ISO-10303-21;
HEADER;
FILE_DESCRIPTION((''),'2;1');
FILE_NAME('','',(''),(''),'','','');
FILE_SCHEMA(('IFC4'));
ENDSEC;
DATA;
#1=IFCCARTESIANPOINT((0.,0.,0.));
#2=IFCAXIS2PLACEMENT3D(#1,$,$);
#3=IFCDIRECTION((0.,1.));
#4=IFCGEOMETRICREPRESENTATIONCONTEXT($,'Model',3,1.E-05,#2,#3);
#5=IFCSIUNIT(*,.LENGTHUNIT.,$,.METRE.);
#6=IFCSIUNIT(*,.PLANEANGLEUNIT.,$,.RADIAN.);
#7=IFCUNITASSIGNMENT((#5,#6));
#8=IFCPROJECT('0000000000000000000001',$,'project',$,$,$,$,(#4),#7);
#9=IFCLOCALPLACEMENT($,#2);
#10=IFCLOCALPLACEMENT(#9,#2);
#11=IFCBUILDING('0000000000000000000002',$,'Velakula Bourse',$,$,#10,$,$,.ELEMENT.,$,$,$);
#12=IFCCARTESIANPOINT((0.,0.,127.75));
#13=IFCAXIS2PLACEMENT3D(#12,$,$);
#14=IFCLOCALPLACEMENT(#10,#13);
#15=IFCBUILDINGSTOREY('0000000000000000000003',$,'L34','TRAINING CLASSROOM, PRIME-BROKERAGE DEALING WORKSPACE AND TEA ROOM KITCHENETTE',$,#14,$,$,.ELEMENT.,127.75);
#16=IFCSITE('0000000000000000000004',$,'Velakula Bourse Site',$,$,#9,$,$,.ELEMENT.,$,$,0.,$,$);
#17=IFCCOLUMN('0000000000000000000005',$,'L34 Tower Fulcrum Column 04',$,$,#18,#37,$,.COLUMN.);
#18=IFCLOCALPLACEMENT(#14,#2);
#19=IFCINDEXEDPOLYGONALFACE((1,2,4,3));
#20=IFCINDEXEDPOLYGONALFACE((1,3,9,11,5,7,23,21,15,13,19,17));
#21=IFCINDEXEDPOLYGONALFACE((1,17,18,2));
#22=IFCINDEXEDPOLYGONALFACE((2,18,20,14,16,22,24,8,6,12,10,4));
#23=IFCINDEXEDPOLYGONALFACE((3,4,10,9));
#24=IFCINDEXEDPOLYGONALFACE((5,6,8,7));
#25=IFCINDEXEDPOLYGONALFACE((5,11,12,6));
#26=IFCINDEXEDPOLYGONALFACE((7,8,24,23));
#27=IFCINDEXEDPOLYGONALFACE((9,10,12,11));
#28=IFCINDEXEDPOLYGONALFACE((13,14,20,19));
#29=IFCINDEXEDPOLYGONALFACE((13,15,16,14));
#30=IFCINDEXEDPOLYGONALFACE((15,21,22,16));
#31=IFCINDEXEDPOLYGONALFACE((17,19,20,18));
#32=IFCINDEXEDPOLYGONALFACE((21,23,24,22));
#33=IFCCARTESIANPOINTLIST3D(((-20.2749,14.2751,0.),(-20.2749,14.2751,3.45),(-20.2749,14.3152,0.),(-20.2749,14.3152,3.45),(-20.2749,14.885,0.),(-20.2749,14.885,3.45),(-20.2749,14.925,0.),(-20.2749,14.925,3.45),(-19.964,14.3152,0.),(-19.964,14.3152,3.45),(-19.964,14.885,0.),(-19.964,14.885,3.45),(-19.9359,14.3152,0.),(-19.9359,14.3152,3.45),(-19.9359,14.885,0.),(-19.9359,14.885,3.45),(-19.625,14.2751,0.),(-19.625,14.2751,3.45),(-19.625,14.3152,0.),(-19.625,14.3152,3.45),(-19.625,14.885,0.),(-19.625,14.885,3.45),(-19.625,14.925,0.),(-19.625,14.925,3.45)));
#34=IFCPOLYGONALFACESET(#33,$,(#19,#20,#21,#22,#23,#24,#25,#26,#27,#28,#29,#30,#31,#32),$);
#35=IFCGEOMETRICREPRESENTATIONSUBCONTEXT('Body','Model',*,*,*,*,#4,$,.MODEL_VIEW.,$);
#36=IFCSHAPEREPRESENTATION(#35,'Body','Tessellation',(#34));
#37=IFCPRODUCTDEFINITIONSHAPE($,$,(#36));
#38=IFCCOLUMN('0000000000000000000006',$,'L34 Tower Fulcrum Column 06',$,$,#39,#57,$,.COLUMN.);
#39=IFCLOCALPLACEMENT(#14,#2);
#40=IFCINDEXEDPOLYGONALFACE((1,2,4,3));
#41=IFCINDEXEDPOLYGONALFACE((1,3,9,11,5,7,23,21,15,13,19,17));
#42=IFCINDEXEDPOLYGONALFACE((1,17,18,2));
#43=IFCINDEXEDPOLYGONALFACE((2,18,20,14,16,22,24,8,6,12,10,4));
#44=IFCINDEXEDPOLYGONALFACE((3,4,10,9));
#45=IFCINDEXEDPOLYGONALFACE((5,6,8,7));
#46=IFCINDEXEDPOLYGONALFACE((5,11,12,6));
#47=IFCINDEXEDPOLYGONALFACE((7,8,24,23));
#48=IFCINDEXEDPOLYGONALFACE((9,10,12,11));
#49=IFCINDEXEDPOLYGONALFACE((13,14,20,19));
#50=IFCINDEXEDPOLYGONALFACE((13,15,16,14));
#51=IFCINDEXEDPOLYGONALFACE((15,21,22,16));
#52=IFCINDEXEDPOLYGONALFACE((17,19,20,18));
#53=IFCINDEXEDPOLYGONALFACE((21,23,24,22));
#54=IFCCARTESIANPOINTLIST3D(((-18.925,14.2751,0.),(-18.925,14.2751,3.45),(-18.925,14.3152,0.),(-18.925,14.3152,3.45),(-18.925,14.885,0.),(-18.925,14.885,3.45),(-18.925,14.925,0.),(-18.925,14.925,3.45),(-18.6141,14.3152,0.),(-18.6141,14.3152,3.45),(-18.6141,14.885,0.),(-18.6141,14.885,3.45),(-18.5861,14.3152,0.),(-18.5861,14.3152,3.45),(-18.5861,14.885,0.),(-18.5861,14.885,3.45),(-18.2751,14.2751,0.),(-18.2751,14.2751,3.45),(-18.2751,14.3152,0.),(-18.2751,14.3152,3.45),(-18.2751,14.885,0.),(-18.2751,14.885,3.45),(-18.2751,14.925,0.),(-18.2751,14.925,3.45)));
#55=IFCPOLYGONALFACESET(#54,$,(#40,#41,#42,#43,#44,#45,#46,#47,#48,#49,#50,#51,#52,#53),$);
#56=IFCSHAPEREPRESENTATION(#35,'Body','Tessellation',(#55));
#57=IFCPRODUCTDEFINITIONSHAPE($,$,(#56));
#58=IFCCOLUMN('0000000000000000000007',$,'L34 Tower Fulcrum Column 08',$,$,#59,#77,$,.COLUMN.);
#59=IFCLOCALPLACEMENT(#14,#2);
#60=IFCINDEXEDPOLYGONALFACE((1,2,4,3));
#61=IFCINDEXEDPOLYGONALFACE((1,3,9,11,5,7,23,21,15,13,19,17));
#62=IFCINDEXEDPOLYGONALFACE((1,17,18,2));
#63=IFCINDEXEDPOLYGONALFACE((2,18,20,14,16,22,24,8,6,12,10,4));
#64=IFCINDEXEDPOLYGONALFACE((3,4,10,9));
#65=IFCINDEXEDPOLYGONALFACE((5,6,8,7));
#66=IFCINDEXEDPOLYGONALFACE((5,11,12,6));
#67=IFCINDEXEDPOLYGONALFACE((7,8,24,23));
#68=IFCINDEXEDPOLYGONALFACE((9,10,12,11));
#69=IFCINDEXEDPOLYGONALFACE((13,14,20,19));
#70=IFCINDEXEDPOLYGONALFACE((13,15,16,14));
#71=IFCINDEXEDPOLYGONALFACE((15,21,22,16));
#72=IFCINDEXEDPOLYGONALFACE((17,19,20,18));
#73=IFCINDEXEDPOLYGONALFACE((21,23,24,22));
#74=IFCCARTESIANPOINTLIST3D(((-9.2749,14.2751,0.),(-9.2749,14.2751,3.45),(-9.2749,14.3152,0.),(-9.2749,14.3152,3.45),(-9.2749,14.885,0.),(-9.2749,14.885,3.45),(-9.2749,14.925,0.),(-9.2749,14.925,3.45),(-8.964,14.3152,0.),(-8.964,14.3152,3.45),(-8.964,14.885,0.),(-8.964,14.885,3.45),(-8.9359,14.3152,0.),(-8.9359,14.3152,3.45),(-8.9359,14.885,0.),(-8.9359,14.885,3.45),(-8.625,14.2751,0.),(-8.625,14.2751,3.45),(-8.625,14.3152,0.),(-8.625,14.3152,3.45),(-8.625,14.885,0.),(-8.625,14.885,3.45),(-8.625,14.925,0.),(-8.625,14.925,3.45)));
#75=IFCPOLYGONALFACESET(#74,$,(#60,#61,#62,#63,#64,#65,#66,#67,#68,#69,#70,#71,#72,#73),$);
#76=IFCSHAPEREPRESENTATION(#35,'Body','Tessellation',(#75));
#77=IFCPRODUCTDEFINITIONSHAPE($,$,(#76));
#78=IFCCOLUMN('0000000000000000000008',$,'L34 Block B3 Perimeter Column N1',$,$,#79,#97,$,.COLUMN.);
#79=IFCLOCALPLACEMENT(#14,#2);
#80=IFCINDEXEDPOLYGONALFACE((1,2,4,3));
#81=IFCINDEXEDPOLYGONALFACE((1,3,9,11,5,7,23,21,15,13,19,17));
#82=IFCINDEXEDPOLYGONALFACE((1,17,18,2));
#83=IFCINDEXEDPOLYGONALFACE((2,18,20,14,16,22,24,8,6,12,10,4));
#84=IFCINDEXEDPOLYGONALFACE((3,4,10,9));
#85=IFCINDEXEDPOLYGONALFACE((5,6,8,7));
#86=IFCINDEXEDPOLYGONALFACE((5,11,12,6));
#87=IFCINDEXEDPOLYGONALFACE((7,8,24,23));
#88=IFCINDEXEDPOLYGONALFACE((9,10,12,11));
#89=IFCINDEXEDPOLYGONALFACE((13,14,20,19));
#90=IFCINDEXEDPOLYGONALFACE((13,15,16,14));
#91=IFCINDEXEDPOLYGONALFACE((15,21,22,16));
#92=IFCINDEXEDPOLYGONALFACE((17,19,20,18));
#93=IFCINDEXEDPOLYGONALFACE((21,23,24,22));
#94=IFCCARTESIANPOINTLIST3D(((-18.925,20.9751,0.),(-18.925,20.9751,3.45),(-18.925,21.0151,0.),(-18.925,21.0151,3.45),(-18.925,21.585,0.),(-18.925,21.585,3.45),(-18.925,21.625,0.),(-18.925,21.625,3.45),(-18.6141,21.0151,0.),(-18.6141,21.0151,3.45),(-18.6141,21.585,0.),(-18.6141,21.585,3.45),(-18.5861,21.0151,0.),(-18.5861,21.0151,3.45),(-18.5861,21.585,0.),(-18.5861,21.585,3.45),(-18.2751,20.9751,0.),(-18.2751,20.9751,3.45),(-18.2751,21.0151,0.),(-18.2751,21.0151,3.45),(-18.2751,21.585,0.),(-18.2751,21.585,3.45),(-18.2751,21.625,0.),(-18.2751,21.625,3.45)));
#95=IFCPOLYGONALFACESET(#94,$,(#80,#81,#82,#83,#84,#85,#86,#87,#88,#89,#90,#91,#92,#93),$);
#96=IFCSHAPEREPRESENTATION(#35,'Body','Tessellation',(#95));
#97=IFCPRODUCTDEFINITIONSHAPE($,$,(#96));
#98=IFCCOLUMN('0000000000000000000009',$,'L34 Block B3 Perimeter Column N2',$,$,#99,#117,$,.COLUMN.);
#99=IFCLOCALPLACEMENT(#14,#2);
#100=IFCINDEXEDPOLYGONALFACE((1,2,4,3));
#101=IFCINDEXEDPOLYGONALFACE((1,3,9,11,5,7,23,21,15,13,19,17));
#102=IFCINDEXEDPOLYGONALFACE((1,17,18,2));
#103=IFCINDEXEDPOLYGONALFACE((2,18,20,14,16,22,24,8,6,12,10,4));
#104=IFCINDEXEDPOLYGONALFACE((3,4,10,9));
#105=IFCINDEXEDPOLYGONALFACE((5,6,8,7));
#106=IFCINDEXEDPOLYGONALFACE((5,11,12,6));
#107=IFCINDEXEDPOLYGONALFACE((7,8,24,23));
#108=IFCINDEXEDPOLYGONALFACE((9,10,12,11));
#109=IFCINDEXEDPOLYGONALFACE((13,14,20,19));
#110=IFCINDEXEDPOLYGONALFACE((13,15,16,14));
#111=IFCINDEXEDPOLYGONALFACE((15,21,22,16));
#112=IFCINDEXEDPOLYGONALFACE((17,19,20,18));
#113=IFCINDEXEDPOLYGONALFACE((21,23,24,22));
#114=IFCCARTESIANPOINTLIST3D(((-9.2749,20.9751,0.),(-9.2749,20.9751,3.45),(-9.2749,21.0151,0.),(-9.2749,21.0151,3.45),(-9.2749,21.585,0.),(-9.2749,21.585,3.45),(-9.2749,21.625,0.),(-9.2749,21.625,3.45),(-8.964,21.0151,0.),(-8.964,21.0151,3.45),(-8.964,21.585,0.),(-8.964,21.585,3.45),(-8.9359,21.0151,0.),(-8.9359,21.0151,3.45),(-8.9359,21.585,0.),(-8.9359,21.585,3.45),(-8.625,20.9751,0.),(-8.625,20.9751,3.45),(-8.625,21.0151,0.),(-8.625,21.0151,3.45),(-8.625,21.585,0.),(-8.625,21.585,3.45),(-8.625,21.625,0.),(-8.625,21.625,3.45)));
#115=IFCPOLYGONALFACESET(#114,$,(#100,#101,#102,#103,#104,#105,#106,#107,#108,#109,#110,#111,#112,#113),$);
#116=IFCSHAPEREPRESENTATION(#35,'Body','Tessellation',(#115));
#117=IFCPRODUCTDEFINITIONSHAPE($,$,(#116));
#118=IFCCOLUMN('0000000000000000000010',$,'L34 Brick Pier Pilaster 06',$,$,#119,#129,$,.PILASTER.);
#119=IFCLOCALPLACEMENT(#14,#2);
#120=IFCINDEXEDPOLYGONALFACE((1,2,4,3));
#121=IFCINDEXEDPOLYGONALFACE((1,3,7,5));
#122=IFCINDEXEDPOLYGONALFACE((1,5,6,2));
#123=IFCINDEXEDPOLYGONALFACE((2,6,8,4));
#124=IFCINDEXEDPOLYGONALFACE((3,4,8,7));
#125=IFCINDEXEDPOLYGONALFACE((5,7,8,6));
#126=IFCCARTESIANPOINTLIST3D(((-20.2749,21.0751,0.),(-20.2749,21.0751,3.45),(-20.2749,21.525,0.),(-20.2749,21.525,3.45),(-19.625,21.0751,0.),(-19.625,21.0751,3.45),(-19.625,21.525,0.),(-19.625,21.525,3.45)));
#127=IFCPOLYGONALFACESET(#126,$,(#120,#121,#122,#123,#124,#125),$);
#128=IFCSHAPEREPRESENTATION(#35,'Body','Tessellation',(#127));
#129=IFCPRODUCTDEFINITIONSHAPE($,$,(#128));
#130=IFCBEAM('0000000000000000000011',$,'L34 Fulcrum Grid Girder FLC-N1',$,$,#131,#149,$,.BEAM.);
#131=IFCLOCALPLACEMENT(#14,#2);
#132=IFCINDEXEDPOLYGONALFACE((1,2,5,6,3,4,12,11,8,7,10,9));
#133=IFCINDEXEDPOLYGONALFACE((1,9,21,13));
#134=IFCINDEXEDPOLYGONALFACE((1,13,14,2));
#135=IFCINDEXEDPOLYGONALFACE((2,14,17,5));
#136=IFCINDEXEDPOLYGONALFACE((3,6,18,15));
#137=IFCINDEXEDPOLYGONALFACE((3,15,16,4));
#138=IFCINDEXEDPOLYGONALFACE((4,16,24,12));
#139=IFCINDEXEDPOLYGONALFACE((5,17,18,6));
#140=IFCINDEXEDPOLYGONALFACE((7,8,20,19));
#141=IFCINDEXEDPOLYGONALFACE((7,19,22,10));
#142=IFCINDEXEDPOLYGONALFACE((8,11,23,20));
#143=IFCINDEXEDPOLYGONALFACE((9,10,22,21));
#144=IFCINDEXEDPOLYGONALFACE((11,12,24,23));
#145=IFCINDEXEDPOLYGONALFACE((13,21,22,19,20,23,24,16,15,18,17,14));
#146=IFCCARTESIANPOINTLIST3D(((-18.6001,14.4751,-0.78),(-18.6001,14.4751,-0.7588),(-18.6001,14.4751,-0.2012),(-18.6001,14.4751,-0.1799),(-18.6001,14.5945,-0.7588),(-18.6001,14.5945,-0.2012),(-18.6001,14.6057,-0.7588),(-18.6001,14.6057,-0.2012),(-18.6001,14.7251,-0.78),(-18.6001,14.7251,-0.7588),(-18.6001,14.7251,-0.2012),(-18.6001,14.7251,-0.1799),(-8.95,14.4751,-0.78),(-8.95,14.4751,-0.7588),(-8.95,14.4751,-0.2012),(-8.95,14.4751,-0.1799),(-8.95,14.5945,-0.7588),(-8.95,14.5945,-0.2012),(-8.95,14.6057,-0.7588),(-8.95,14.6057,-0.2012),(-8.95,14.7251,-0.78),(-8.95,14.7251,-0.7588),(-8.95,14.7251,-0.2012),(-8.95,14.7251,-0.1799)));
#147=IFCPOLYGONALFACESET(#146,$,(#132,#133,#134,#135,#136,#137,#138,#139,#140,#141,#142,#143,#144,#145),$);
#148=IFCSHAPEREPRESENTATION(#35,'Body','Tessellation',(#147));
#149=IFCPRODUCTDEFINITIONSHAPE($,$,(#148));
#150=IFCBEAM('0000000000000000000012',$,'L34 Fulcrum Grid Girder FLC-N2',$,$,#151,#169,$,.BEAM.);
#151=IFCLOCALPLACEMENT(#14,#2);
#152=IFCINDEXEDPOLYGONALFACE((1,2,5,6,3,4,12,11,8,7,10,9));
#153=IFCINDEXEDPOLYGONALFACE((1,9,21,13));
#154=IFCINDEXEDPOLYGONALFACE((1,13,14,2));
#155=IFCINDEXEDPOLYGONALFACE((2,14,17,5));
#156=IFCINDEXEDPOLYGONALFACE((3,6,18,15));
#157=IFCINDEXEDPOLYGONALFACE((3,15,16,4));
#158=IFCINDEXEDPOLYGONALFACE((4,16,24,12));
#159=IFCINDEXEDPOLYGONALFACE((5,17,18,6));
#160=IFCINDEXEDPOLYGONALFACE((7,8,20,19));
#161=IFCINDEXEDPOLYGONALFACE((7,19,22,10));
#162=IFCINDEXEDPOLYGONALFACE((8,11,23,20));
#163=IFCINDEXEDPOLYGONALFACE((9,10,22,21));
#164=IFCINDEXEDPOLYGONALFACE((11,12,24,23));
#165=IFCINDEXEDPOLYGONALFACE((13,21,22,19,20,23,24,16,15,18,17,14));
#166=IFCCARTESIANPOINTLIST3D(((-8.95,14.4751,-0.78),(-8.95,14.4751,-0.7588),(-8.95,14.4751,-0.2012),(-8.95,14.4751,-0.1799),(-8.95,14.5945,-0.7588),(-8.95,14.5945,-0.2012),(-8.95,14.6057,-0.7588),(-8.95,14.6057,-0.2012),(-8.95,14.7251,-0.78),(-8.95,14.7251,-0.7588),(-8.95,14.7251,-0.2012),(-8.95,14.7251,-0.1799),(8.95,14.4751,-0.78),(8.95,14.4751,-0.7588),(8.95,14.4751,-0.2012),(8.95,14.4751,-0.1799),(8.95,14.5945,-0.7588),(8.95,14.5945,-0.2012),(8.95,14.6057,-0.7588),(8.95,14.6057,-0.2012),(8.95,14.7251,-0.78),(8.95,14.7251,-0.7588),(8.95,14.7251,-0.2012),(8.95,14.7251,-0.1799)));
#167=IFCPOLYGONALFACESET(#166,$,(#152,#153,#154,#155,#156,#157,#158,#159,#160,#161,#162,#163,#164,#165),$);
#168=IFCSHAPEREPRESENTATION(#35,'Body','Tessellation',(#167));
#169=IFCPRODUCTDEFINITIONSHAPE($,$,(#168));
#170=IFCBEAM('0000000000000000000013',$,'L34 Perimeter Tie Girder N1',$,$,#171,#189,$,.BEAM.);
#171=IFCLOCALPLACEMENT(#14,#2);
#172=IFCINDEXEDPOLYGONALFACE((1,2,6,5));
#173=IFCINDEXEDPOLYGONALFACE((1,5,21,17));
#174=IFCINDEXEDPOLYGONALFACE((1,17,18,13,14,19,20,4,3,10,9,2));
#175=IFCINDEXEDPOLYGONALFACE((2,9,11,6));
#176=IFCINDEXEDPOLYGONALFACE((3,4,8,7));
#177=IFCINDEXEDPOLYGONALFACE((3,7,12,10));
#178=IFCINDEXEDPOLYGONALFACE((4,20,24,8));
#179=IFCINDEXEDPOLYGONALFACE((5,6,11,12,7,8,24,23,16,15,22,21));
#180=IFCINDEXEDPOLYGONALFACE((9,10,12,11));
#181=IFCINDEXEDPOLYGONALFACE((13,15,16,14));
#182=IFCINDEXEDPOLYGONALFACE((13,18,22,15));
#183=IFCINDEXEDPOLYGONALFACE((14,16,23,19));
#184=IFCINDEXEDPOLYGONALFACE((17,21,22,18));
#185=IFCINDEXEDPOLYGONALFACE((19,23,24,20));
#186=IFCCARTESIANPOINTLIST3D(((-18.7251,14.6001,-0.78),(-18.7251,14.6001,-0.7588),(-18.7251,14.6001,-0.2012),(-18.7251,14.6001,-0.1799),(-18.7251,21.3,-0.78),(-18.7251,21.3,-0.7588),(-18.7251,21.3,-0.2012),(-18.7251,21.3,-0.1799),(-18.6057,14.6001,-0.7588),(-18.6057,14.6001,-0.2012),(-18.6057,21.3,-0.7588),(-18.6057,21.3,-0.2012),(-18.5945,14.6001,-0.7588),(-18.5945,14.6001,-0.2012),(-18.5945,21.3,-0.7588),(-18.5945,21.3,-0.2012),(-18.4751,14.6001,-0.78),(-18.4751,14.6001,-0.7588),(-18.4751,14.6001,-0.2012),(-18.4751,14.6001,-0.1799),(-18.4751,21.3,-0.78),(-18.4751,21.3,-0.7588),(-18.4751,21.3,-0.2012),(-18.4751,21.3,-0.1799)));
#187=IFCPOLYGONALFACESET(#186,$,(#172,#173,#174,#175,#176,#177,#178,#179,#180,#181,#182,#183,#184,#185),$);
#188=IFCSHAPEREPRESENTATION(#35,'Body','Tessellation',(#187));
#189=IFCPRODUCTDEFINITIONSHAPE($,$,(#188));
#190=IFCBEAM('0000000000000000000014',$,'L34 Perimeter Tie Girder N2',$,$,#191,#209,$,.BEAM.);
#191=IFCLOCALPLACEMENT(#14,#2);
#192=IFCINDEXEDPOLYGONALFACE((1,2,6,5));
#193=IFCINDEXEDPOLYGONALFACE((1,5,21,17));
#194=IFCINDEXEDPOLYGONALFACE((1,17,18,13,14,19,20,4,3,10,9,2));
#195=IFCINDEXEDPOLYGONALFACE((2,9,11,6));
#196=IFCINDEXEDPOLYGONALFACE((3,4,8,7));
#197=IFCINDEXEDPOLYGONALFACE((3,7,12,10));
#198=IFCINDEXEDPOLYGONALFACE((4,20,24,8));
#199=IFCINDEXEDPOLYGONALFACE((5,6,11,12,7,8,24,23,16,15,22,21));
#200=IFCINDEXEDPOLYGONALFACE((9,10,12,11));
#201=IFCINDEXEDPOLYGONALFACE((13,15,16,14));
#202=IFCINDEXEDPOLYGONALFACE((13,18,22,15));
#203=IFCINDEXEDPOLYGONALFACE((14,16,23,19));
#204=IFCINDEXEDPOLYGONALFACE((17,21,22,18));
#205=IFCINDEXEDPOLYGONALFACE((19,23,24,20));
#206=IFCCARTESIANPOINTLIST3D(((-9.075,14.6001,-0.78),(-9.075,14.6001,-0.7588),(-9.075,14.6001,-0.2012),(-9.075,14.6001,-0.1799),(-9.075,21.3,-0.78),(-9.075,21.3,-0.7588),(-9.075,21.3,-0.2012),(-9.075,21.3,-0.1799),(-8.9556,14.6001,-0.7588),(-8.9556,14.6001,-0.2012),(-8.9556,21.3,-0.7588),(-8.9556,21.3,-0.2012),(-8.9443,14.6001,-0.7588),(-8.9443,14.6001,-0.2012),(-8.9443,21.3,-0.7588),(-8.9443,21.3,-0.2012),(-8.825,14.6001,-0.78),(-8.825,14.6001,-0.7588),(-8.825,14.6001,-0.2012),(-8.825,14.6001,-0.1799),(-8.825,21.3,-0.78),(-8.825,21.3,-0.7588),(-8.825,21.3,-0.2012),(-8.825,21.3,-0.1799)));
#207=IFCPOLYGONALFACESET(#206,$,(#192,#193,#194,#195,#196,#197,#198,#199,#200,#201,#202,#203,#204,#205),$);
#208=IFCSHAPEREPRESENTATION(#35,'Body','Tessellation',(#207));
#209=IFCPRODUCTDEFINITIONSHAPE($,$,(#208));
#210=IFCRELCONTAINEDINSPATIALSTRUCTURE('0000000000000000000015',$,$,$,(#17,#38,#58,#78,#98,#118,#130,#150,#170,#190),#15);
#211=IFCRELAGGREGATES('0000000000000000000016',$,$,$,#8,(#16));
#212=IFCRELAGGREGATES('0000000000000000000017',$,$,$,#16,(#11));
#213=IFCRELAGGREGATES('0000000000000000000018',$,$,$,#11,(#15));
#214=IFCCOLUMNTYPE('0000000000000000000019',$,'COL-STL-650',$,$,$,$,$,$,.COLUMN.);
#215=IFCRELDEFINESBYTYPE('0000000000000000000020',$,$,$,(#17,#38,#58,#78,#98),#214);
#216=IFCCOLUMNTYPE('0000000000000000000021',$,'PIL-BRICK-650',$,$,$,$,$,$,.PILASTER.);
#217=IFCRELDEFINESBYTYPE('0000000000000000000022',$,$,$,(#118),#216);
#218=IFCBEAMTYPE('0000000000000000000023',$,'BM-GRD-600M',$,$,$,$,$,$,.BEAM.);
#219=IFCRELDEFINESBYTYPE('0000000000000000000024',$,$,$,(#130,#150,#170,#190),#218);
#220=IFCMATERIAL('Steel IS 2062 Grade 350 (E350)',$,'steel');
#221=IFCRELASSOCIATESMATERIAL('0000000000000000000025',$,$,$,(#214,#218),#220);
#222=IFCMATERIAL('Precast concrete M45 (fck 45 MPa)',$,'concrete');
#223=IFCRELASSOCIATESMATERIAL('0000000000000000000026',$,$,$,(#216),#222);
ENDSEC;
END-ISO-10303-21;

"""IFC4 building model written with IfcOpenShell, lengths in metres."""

from ifc_helpers import new_model, si_unit, direction, frame, origin, origin_2d, place, context, subcontext, project, spatial, rectangle, i_section, extrude, material, material_profile, profile_set, type_object, element, save


model = new_model("IFC4")

# Units and contexts
model_context = context("Model", 3, precision=1e-05, world=origin(), true_north=direction((0.0, 1.0)))
body_context = subcontext(model_context, "Body", "Model", "MODEL_VIEW")
ifc_project = project(units=[si_unit("LENGTHUNIT", "METRE"), si_unit("PLANEANGLEUNIT", "RADIAN")], contexts=[model_context])

# Site, building, storey
site_placement = place(None, origin())
site = spatial("IfcSite", under=ifc_project, at=site_placement, Name="Velakula Bourse Site", CompositionType="ELEMENT", RefElevation=0.0)
building_placement = place(site_placement, origin())
building = spatial("IfcBuilding", under=site, at=building_placement, Name="Velakula Bourse", CompositionType="ELEMENT")
storey_placement = place(building_placement, frame((0.0, 0.0, 127.75)))
storey = spatial("IfcBuildingStorey", under=building, at=storey_placement, Name="L34", Description="TRAINING CLASSROOM, PRIME-BROKERAGE DEALING WORKSPACE AND TEA ROOM KITCHENETTE", CompositionType="ELEMENT", Elevation=127.75)

# Columns
ifc_material_1 = material(Name="Steel IS 2062 Grade 350 (E350)", Category="steel")
ifc_material_profile_1 = material_profile(ifc_material_1, i_section(OverallWidth=0.6499, OverallDepth=0.6499, WebThickness=0.0281, FlangeThickness=0.04, at=origin_2d()), Name="Steel IS 2062 Grade 350 (E350)")
ifc_profile_set_1 = profile_set([ifc_material_profile_1], Name="Steel IS 2062 Grade 350 (E350)")
column_type_1 = type_object("IfcColumnType", Name="COL-STL-650", PredefinedType="COLUMN", material=ifc_profile_set_1)
for number, where, z_axis, x_axis, name in (
    (1, (-19.95, 14.6001, 0.0), (0.0, 0.0, 1.0), (1.0, 0.0, 0.0), "L34 Tower Fulcrum Column 04"),
    (2, (-18.6001, 14.6001, 0.0), (0.0, 0.0, 1.0), (1.0, 0.0, 0.0), "L34 Tower Fulcrum Column 06"),
    (3, (-8.95, 14.6001, 0.0), (0.0, 0.0, 1.0), (1.0, 0.0, 0.0), "L34 Tower Fulcrum Column 08"),
    (4, (-18.6001, 21.3, 0.0), (0.0, 0.0, 1.0), (1.0, 0.0, 0.0), "L34 Block B3 Perimeter Column N1"),
    (5, (-8.95, 21.3, 0.0), (0.0, 0.0, 1.0), (1.0, 0.0, 0.0), "L34 Block B3 Perimeter Column N2"),
):
    element("IfcColumn", number, at=place(storey_placement, frame(where, z_axis=z_axis, x_axis=x_axis)), inside=storey, type_object=column_type_1, Name=name, PredefinedType="COLUMN", context=body_context, shape_type="SweptSolid", body=[
        extrude(i_section(OverallWidth=0.6499, OverallDepth=0.6499, WebThickness=0.0281, FlangeThickness=0.04, at=origin_2d()), origin(), (0.0, 0.0, 1.0), 3.45),
    ])
ifc_material_2 = material(Name="Precast concrete M45 (fck 45 MPa)", Category="concrete")
ifc_material_profile_2 = material_profile(ifc_material_2, rectangle(XDim=0.6499, YDim=0.45, at=origin_2d()), Name="Precast concrete M45 (fck 45 MPa)")
ifc_profile_set_2 = profile_set([ifc_material_profile_2], Name="Precast concrete M45 (fck 45 MPa)")
column_type_2 = type_object("IfcColumnType", Name="PIL-BRICK-650", PredefinedType="PILASTER", material=ifc_profile_set_2)
column_placement = place(storey_placement, frame((-19.95, 21.3, 0.0), z_axis=(0.0, 0.0, 1.0), x_axis=(1.0, 0.0, 0.0)))
element("IfcColumn", 6, at=column_placement, inside=storey, type_object=column_type_2, Name="L34 Brick Pier Pilaster 06", PredefinedType="PILASTER", context=body_context, shape_type="SweptSolid", body=[
    extrude(rectangle(XDim=0.6499, YDim=0.45, at=origin_2d()), origin(), (0.0, 0.0, 1.0), 3.45),
])

# Beams
ifc_material_profile_3 = material_profile(ifc_material_1, i_section(OverallWidth=0.25, OverallDepth=0.6001, WebThickness=0.0112, FlangeThickness=0.0212, at=origin_2d()), Name="Steel IS 2062 Grade 350 (E350)")
ifc_profile_set_3 = profile_set([ifc_material_profile_3], Name="Steel IS 2062 Grade 350 (E350)")
beam_type_1 = type_object("IfcBeamType", Name="BM-GRD-600M", PredefinedType="BEAM", material=ifc_profile_set_3)
beam_1_placement = place(storey_placement, frame((-18.6001, 14.6001, -0.48), z_axis=(1.0, 0.0, 0.0), x_axis=(0.0, 1.0, 0.0)))
element("IfcBeam", 7, at=beam_1_placement, inside=storey, type_object=beam_type_1, Name="L34 Fulcrum Grid Girder FLC-N1", PredefinedType="BEAM", context=body_context, shape_type="SweptSolid", body=[
    extrude(i_section(OverallWidth=0.25, OverallDepth=0.6001, WebThickness=0.0112, FlangeThickness=0.0212, at=origin_2d()), origin(), (0.0, 0.0, 1.0), 9.6501),
])
beam_2_placement = place(storey_placement, frame((-8.95, 14.6001, -0.48), z_axis=(1.0, 0.0, 0.0), x_axis=(0.0, 1.0, 0.0)))
element("IfcBeam", 8, at=beam_2_placement, inside=storey, type_object=beam_type_1, Name="L34 Fulcrum Grid Girder FLC-N2", PredefinedType="BEAM", context=body_context, shape_type="SweptSolid", body=[
    extrude(i_section(OverallWidth=0.25, OverallDepth=0.6001, WebThickness=0.0112, FlangeThickness=0.0212, at=origin_2d()), origin(), (0.0, 0.0, 1.0), 17.8999),
])
for number, where, z_axis, x_axis, name in (
    (9, (-18.6001, 14.6001, -0.48), (0.0, 1.0, 0.0), (-1.0, 0.0, 0.0), "L34 Perimeter Tie Girder N1"),
    (10, (-8.95, 14.6001, -0.48), (0.0, 1.0, 0.0), (-1.0, 0.0, 0.0), "L34 Perimeter Tie Girder N2"),
):
    element("IfcBeam", number, at=place(storey_placement, frame(where, z_axis=z_axis, x_axis=x_axis)), inside=storey, type_object=beam_type_1, Name=name, PredefinedType="BEAM", context=body_context, shape_type="SweptSolid", body=[
        extrude(i_section(OverallWidth=0.25, OverallDepth=0.6001, WebThickness=0.0112, FlangeThickness=0.0212, at=origin_2d()), origin(), (0.0, 0.0, 1.0), 6.7),
    ])

save(model, "model.ifc")
